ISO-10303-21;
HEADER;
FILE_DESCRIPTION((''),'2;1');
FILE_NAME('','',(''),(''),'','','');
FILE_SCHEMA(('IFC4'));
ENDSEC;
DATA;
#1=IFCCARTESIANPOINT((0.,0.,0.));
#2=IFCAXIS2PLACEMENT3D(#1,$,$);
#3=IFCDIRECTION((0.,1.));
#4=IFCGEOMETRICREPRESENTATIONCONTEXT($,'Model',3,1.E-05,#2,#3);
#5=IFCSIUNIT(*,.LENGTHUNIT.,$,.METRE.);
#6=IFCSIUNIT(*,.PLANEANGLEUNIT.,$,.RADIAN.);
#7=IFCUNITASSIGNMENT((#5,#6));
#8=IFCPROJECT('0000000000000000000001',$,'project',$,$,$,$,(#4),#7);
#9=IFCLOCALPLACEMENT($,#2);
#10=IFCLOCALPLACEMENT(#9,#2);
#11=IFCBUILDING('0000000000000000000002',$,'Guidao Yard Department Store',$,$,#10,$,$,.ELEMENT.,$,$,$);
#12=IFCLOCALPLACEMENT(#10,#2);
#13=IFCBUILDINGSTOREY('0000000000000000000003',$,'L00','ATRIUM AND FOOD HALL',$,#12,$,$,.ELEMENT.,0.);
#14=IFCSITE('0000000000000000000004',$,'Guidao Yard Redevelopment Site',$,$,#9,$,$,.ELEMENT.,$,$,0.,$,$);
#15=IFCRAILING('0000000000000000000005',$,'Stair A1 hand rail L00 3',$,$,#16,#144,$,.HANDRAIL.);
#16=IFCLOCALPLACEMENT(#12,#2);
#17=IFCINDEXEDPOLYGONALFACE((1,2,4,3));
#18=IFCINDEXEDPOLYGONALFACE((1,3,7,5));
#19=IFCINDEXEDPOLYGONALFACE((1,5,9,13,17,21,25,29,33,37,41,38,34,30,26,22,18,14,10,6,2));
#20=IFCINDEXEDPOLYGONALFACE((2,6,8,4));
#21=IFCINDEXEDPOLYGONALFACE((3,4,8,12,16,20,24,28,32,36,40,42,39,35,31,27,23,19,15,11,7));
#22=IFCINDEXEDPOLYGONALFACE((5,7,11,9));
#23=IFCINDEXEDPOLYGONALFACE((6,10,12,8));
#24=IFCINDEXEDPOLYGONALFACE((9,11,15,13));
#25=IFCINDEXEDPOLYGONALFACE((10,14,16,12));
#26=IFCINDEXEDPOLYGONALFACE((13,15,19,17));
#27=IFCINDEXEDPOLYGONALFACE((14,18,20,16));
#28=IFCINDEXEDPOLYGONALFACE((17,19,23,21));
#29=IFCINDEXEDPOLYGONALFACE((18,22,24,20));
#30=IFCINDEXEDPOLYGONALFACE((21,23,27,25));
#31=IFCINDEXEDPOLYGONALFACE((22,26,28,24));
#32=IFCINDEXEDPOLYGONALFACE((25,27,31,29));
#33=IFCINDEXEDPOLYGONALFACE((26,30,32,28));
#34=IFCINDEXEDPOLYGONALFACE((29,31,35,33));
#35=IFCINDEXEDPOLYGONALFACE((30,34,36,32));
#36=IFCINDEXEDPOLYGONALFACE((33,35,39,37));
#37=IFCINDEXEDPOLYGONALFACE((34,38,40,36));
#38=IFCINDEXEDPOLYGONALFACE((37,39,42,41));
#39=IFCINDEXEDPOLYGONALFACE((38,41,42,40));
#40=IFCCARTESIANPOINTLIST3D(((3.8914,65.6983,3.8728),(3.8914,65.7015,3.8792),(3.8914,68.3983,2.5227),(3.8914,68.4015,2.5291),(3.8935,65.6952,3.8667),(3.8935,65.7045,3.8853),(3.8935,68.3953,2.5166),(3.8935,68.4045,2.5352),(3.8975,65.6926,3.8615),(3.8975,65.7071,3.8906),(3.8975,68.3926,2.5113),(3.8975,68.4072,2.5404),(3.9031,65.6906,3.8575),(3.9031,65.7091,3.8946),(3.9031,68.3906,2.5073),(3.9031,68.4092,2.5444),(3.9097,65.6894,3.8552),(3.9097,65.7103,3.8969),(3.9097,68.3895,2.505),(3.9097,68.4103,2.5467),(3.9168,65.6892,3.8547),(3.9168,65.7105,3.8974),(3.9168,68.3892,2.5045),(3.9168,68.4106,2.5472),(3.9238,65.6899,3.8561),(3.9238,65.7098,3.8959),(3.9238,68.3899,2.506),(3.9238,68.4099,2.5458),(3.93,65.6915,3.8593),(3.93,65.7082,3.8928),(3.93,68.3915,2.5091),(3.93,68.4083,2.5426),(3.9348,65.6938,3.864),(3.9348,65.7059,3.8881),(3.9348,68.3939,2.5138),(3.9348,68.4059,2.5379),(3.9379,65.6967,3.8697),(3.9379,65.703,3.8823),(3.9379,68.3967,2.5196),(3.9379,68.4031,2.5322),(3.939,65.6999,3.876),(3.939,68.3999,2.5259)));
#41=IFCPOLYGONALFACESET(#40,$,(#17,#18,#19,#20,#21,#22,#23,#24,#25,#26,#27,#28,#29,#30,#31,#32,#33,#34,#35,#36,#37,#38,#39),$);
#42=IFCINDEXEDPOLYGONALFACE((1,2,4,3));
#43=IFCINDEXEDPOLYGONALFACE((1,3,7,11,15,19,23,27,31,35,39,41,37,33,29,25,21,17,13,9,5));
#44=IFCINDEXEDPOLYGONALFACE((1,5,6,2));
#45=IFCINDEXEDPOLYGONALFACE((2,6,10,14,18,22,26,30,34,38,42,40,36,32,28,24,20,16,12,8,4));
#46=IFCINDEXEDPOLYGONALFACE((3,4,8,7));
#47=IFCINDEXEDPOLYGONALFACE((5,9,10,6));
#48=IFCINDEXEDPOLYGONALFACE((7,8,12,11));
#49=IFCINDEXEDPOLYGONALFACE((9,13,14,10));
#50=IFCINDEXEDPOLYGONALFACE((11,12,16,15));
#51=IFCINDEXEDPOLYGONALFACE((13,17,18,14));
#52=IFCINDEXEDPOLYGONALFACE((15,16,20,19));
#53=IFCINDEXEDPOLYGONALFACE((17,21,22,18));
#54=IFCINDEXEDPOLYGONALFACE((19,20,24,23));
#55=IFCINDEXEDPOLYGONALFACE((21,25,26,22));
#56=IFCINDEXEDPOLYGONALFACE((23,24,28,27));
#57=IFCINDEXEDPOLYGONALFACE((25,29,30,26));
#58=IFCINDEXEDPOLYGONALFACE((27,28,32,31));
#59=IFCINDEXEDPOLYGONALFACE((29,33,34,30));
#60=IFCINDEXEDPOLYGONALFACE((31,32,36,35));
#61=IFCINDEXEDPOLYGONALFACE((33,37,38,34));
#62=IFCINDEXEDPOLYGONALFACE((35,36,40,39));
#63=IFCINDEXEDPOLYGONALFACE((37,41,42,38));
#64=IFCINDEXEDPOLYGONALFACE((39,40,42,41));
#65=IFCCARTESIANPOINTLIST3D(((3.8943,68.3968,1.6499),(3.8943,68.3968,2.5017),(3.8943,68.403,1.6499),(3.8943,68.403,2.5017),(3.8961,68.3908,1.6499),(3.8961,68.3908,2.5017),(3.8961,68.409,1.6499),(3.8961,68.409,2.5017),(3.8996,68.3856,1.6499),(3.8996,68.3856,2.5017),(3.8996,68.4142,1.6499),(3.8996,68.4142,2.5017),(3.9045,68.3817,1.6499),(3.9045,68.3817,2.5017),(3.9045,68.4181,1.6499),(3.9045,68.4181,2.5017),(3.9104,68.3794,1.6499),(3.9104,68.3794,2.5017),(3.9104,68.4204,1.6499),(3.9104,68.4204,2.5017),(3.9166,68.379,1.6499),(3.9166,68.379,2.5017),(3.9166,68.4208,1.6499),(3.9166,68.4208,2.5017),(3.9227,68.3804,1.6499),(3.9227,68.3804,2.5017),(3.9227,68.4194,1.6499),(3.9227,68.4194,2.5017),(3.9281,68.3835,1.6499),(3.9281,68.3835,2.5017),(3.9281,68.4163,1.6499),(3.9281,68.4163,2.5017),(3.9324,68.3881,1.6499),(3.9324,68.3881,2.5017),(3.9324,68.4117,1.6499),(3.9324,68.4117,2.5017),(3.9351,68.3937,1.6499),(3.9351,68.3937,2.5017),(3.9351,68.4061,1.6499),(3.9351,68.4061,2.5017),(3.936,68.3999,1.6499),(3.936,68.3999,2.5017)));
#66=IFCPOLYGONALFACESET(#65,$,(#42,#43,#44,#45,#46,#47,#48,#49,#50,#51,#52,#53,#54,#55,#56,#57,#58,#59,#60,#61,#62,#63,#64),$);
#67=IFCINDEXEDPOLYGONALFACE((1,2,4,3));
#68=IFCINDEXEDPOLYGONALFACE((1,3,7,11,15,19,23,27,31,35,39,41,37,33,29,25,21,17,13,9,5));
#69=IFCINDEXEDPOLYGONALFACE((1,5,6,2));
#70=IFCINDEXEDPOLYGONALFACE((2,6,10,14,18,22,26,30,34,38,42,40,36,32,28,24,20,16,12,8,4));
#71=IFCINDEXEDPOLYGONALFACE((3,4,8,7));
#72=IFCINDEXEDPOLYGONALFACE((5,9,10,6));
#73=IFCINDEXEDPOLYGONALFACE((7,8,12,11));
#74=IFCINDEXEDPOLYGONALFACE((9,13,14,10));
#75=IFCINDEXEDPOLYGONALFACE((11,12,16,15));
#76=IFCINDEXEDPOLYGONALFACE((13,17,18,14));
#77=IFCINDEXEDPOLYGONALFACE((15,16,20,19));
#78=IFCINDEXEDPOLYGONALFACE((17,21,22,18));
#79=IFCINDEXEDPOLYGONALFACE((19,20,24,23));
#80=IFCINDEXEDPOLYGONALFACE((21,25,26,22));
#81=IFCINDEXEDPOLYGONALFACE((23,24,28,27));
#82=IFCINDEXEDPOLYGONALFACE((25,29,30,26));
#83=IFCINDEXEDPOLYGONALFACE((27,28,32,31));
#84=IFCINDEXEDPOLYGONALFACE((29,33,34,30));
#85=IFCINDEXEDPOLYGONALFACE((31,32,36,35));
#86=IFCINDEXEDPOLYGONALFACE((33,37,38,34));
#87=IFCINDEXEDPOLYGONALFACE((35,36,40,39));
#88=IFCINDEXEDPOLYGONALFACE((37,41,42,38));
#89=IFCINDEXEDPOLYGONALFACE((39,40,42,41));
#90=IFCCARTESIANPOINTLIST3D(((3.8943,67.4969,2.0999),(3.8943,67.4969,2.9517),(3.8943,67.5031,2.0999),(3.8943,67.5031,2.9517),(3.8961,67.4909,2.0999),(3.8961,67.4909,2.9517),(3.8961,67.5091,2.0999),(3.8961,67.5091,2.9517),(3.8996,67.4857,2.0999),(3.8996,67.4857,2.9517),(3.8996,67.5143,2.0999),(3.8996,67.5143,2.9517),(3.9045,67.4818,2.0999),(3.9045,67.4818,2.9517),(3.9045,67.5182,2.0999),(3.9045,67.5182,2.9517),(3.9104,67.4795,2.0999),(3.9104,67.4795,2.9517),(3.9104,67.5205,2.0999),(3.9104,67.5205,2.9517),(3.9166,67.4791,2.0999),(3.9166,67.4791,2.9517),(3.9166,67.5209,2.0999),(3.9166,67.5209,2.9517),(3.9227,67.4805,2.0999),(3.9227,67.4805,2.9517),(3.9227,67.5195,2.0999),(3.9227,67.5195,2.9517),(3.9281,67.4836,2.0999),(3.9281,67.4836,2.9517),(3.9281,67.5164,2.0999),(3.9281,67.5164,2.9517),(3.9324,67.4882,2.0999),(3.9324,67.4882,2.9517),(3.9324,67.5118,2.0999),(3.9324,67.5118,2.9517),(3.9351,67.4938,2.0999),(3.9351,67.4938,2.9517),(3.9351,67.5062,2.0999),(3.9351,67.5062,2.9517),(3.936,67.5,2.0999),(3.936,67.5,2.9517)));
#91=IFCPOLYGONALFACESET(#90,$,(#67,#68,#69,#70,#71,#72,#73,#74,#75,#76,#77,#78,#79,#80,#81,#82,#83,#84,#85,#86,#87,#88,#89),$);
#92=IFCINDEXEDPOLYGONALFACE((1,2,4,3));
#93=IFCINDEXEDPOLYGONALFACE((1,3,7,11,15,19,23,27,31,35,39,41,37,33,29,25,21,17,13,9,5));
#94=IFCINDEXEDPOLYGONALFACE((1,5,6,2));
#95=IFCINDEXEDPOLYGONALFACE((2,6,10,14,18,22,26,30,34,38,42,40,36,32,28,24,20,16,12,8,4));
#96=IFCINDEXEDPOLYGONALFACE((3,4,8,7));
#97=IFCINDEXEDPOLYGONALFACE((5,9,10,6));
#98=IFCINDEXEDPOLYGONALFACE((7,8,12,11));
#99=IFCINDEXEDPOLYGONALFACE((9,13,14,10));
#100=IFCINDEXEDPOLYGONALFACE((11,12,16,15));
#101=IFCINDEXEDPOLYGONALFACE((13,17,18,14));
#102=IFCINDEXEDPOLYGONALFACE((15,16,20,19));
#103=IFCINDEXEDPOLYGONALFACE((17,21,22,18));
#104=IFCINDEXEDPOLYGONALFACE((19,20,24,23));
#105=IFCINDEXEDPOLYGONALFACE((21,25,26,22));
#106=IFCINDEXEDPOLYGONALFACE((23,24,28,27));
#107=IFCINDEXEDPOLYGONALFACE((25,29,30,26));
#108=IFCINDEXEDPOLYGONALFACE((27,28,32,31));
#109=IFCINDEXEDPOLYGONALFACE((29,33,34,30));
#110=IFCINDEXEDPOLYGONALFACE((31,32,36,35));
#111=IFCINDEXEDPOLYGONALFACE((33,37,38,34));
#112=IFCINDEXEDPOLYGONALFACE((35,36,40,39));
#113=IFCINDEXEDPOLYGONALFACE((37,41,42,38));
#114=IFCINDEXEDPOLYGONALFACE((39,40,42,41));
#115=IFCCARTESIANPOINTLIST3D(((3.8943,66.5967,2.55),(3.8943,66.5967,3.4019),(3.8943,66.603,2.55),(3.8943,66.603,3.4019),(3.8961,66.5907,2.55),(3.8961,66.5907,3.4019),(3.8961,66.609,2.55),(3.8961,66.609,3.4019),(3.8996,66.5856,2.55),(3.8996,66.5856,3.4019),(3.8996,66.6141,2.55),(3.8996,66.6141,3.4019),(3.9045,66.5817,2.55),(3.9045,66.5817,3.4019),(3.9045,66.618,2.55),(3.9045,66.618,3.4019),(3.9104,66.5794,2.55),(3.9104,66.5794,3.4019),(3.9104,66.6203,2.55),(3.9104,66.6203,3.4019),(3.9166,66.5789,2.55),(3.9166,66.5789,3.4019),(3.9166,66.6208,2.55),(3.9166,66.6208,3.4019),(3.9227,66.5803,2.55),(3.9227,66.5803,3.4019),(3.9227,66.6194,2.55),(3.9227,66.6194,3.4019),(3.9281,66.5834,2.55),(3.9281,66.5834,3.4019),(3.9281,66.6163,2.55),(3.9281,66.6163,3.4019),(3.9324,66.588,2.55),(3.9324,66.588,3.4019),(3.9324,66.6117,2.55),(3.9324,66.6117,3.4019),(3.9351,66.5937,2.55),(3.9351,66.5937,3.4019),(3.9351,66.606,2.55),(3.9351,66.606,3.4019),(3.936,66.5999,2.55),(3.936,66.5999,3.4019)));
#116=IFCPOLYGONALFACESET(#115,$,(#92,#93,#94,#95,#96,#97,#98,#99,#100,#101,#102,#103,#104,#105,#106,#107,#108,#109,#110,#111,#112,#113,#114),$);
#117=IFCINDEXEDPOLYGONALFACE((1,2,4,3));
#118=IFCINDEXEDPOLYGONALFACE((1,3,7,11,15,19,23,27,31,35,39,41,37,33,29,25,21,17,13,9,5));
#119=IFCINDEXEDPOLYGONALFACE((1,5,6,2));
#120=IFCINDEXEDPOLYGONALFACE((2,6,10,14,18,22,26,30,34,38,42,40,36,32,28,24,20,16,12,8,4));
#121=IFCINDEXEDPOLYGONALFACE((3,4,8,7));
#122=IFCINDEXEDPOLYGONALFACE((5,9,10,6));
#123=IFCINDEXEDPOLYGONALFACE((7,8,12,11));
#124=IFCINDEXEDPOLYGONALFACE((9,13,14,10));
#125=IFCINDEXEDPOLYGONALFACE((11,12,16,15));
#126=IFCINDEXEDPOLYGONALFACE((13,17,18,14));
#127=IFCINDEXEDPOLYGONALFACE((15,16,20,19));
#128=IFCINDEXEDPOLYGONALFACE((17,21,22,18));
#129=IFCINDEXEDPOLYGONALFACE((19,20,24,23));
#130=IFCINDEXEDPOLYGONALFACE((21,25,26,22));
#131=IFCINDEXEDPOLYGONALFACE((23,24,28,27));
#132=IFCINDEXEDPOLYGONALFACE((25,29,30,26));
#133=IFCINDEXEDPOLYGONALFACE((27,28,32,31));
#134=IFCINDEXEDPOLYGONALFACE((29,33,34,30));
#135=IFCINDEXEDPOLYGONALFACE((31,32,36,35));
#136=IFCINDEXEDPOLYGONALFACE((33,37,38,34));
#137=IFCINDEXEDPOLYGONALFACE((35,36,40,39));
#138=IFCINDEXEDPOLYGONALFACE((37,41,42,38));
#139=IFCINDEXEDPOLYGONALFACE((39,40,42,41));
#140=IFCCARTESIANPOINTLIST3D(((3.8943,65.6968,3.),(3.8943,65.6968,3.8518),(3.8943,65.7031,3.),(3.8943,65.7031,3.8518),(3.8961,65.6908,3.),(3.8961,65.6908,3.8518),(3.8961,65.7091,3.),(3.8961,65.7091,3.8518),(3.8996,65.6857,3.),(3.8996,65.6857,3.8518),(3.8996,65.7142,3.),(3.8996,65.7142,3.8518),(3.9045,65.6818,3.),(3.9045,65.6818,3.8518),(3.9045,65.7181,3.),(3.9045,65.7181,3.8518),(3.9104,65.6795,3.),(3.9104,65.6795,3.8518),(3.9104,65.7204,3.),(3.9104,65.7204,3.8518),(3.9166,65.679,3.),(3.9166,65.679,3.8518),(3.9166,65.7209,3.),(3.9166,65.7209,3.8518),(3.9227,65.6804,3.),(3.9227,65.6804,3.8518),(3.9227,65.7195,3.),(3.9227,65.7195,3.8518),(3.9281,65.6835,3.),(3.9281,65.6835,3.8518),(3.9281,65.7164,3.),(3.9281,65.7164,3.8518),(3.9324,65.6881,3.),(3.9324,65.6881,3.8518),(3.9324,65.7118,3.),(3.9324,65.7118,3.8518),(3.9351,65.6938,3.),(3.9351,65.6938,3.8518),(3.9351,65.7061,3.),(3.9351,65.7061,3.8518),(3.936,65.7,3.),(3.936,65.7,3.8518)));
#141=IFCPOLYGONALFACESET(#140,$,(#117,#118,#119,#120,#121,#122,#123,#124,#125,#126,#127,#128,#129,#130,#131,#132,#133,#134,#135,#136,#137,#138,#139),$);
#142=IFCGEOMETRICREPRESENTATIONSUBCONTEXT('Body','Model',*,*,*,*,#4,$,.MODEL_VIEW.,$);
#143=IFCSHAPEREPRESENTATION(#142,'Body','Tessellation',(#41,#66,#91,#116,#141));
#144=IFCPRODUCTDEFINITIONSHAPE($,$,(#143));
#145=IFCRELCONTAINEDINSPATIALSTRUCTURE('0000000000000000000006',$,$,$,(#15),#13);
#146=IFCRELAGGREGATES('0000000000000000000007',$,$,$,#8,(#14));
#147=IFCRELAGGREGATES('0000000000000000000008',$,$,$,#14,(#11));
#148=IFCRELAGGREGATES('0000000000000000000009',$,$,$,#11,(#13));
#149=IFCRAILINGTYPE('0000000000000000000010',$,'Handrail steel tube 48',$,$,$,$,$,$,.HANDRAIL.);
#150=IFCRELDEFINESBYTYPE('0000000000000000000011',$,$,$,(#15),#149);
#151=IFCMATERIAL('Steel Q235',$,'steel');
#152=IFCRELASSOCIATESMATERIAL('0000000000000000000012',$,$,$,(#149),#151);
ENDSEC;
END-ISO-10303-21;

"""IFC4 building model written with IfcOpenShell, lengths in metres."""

from ifc_helpers import new_model, si_unit, direction, frame, origin, origin_2d, place, context, subcontext, project, spatial, circle, extrude, material, type_object, element, save


model = new_model("IFC4")

# Units and contexts
model_context = context("Model", 3, precision=1e-05, world=origin(), true_north=direction((0.0, 1.0)))
body_context = subcontext(model_context, "Body", "Model", "MODEL_VIEW")
ifc_project = project(units=[si_unit("LENGTHUNIT", "METRE"), si_unit("PLANEANGLEUNIT", "RADIAN")], contexts=[model_context])

# Site, building, storey
site_placement = place(None, origin())
site = spatial("IfcSite", under=ifc_project, at=site_placement, Name="Guidao Yard Redevelopment Site", CompositionType="ELEMENT", RefElevation=0.0)
building_placement = place(site_placement, origin())
building = spatial("IfcBuilding", under=site, at=building_placement, Name="Guidao Yard Department Store", CompositionType="ELEMENT")
storey_placement = place(building_placement, origin())
storey = spatial("IfcBuildingStorey", under=building, at=storey_placement, Name="L00", Description="ATRIUM AND FOOD HALL", CompositionType="ELEMENT", Elevation=0.0)

# Railing
ifc_material_1 = material(Name="Steel Q235", Category="steel")
railing_type = type_object("IfcRailingType", Name="Handrail steel tube 48", PredefinedType="HANDRAIL", material=ifc_material_1)
for number, where, name in (
    (1, (3.915, 68.3999, 1.6499), "Stair A1 hand rail L00 3"),
):
    element("IfcRailing", number, at=place(storey_placement, frame(where)), inside=storey, type_object=railing_type, Name=name, PredefinedType="HANDRAIL", context=body_context, shape_type="SweptSolid", body=[
        extrude(circle(Radius=0.0239, at=origin_2d()), frame((0.0, 0.0, 0.876), z_axis=(0.0, -0.894411, 0.447246), x_axis=(1.0, 0.0, 0.0)), (0.0, 0.0, 1.0), 3.0188),
        extrude(circle(Radius=0.021, at=origin_2d()), origin(), (0.0, 0.0, 1.0), 0.8518),
        extrude(circle(Radius=0.021, at=origin_2d()), frame((0.0, -0.8999, 0.45)), (0.0, 0.0, 1.0), 0.8518),
        extrude(circle(Radius=0.021, at=origin_2d()), frame((0.0, -1.8, 0.9001)), (0.0, 0.0, 1.0), 0.8518),
        extrude(circle(Radius=0.021, at=origin_2d()), frame((0.0, -2.7, 1.3501)), (0.0, 0.0, 1.0), 0.8518),
    ])

save(model, "model.ifc")
